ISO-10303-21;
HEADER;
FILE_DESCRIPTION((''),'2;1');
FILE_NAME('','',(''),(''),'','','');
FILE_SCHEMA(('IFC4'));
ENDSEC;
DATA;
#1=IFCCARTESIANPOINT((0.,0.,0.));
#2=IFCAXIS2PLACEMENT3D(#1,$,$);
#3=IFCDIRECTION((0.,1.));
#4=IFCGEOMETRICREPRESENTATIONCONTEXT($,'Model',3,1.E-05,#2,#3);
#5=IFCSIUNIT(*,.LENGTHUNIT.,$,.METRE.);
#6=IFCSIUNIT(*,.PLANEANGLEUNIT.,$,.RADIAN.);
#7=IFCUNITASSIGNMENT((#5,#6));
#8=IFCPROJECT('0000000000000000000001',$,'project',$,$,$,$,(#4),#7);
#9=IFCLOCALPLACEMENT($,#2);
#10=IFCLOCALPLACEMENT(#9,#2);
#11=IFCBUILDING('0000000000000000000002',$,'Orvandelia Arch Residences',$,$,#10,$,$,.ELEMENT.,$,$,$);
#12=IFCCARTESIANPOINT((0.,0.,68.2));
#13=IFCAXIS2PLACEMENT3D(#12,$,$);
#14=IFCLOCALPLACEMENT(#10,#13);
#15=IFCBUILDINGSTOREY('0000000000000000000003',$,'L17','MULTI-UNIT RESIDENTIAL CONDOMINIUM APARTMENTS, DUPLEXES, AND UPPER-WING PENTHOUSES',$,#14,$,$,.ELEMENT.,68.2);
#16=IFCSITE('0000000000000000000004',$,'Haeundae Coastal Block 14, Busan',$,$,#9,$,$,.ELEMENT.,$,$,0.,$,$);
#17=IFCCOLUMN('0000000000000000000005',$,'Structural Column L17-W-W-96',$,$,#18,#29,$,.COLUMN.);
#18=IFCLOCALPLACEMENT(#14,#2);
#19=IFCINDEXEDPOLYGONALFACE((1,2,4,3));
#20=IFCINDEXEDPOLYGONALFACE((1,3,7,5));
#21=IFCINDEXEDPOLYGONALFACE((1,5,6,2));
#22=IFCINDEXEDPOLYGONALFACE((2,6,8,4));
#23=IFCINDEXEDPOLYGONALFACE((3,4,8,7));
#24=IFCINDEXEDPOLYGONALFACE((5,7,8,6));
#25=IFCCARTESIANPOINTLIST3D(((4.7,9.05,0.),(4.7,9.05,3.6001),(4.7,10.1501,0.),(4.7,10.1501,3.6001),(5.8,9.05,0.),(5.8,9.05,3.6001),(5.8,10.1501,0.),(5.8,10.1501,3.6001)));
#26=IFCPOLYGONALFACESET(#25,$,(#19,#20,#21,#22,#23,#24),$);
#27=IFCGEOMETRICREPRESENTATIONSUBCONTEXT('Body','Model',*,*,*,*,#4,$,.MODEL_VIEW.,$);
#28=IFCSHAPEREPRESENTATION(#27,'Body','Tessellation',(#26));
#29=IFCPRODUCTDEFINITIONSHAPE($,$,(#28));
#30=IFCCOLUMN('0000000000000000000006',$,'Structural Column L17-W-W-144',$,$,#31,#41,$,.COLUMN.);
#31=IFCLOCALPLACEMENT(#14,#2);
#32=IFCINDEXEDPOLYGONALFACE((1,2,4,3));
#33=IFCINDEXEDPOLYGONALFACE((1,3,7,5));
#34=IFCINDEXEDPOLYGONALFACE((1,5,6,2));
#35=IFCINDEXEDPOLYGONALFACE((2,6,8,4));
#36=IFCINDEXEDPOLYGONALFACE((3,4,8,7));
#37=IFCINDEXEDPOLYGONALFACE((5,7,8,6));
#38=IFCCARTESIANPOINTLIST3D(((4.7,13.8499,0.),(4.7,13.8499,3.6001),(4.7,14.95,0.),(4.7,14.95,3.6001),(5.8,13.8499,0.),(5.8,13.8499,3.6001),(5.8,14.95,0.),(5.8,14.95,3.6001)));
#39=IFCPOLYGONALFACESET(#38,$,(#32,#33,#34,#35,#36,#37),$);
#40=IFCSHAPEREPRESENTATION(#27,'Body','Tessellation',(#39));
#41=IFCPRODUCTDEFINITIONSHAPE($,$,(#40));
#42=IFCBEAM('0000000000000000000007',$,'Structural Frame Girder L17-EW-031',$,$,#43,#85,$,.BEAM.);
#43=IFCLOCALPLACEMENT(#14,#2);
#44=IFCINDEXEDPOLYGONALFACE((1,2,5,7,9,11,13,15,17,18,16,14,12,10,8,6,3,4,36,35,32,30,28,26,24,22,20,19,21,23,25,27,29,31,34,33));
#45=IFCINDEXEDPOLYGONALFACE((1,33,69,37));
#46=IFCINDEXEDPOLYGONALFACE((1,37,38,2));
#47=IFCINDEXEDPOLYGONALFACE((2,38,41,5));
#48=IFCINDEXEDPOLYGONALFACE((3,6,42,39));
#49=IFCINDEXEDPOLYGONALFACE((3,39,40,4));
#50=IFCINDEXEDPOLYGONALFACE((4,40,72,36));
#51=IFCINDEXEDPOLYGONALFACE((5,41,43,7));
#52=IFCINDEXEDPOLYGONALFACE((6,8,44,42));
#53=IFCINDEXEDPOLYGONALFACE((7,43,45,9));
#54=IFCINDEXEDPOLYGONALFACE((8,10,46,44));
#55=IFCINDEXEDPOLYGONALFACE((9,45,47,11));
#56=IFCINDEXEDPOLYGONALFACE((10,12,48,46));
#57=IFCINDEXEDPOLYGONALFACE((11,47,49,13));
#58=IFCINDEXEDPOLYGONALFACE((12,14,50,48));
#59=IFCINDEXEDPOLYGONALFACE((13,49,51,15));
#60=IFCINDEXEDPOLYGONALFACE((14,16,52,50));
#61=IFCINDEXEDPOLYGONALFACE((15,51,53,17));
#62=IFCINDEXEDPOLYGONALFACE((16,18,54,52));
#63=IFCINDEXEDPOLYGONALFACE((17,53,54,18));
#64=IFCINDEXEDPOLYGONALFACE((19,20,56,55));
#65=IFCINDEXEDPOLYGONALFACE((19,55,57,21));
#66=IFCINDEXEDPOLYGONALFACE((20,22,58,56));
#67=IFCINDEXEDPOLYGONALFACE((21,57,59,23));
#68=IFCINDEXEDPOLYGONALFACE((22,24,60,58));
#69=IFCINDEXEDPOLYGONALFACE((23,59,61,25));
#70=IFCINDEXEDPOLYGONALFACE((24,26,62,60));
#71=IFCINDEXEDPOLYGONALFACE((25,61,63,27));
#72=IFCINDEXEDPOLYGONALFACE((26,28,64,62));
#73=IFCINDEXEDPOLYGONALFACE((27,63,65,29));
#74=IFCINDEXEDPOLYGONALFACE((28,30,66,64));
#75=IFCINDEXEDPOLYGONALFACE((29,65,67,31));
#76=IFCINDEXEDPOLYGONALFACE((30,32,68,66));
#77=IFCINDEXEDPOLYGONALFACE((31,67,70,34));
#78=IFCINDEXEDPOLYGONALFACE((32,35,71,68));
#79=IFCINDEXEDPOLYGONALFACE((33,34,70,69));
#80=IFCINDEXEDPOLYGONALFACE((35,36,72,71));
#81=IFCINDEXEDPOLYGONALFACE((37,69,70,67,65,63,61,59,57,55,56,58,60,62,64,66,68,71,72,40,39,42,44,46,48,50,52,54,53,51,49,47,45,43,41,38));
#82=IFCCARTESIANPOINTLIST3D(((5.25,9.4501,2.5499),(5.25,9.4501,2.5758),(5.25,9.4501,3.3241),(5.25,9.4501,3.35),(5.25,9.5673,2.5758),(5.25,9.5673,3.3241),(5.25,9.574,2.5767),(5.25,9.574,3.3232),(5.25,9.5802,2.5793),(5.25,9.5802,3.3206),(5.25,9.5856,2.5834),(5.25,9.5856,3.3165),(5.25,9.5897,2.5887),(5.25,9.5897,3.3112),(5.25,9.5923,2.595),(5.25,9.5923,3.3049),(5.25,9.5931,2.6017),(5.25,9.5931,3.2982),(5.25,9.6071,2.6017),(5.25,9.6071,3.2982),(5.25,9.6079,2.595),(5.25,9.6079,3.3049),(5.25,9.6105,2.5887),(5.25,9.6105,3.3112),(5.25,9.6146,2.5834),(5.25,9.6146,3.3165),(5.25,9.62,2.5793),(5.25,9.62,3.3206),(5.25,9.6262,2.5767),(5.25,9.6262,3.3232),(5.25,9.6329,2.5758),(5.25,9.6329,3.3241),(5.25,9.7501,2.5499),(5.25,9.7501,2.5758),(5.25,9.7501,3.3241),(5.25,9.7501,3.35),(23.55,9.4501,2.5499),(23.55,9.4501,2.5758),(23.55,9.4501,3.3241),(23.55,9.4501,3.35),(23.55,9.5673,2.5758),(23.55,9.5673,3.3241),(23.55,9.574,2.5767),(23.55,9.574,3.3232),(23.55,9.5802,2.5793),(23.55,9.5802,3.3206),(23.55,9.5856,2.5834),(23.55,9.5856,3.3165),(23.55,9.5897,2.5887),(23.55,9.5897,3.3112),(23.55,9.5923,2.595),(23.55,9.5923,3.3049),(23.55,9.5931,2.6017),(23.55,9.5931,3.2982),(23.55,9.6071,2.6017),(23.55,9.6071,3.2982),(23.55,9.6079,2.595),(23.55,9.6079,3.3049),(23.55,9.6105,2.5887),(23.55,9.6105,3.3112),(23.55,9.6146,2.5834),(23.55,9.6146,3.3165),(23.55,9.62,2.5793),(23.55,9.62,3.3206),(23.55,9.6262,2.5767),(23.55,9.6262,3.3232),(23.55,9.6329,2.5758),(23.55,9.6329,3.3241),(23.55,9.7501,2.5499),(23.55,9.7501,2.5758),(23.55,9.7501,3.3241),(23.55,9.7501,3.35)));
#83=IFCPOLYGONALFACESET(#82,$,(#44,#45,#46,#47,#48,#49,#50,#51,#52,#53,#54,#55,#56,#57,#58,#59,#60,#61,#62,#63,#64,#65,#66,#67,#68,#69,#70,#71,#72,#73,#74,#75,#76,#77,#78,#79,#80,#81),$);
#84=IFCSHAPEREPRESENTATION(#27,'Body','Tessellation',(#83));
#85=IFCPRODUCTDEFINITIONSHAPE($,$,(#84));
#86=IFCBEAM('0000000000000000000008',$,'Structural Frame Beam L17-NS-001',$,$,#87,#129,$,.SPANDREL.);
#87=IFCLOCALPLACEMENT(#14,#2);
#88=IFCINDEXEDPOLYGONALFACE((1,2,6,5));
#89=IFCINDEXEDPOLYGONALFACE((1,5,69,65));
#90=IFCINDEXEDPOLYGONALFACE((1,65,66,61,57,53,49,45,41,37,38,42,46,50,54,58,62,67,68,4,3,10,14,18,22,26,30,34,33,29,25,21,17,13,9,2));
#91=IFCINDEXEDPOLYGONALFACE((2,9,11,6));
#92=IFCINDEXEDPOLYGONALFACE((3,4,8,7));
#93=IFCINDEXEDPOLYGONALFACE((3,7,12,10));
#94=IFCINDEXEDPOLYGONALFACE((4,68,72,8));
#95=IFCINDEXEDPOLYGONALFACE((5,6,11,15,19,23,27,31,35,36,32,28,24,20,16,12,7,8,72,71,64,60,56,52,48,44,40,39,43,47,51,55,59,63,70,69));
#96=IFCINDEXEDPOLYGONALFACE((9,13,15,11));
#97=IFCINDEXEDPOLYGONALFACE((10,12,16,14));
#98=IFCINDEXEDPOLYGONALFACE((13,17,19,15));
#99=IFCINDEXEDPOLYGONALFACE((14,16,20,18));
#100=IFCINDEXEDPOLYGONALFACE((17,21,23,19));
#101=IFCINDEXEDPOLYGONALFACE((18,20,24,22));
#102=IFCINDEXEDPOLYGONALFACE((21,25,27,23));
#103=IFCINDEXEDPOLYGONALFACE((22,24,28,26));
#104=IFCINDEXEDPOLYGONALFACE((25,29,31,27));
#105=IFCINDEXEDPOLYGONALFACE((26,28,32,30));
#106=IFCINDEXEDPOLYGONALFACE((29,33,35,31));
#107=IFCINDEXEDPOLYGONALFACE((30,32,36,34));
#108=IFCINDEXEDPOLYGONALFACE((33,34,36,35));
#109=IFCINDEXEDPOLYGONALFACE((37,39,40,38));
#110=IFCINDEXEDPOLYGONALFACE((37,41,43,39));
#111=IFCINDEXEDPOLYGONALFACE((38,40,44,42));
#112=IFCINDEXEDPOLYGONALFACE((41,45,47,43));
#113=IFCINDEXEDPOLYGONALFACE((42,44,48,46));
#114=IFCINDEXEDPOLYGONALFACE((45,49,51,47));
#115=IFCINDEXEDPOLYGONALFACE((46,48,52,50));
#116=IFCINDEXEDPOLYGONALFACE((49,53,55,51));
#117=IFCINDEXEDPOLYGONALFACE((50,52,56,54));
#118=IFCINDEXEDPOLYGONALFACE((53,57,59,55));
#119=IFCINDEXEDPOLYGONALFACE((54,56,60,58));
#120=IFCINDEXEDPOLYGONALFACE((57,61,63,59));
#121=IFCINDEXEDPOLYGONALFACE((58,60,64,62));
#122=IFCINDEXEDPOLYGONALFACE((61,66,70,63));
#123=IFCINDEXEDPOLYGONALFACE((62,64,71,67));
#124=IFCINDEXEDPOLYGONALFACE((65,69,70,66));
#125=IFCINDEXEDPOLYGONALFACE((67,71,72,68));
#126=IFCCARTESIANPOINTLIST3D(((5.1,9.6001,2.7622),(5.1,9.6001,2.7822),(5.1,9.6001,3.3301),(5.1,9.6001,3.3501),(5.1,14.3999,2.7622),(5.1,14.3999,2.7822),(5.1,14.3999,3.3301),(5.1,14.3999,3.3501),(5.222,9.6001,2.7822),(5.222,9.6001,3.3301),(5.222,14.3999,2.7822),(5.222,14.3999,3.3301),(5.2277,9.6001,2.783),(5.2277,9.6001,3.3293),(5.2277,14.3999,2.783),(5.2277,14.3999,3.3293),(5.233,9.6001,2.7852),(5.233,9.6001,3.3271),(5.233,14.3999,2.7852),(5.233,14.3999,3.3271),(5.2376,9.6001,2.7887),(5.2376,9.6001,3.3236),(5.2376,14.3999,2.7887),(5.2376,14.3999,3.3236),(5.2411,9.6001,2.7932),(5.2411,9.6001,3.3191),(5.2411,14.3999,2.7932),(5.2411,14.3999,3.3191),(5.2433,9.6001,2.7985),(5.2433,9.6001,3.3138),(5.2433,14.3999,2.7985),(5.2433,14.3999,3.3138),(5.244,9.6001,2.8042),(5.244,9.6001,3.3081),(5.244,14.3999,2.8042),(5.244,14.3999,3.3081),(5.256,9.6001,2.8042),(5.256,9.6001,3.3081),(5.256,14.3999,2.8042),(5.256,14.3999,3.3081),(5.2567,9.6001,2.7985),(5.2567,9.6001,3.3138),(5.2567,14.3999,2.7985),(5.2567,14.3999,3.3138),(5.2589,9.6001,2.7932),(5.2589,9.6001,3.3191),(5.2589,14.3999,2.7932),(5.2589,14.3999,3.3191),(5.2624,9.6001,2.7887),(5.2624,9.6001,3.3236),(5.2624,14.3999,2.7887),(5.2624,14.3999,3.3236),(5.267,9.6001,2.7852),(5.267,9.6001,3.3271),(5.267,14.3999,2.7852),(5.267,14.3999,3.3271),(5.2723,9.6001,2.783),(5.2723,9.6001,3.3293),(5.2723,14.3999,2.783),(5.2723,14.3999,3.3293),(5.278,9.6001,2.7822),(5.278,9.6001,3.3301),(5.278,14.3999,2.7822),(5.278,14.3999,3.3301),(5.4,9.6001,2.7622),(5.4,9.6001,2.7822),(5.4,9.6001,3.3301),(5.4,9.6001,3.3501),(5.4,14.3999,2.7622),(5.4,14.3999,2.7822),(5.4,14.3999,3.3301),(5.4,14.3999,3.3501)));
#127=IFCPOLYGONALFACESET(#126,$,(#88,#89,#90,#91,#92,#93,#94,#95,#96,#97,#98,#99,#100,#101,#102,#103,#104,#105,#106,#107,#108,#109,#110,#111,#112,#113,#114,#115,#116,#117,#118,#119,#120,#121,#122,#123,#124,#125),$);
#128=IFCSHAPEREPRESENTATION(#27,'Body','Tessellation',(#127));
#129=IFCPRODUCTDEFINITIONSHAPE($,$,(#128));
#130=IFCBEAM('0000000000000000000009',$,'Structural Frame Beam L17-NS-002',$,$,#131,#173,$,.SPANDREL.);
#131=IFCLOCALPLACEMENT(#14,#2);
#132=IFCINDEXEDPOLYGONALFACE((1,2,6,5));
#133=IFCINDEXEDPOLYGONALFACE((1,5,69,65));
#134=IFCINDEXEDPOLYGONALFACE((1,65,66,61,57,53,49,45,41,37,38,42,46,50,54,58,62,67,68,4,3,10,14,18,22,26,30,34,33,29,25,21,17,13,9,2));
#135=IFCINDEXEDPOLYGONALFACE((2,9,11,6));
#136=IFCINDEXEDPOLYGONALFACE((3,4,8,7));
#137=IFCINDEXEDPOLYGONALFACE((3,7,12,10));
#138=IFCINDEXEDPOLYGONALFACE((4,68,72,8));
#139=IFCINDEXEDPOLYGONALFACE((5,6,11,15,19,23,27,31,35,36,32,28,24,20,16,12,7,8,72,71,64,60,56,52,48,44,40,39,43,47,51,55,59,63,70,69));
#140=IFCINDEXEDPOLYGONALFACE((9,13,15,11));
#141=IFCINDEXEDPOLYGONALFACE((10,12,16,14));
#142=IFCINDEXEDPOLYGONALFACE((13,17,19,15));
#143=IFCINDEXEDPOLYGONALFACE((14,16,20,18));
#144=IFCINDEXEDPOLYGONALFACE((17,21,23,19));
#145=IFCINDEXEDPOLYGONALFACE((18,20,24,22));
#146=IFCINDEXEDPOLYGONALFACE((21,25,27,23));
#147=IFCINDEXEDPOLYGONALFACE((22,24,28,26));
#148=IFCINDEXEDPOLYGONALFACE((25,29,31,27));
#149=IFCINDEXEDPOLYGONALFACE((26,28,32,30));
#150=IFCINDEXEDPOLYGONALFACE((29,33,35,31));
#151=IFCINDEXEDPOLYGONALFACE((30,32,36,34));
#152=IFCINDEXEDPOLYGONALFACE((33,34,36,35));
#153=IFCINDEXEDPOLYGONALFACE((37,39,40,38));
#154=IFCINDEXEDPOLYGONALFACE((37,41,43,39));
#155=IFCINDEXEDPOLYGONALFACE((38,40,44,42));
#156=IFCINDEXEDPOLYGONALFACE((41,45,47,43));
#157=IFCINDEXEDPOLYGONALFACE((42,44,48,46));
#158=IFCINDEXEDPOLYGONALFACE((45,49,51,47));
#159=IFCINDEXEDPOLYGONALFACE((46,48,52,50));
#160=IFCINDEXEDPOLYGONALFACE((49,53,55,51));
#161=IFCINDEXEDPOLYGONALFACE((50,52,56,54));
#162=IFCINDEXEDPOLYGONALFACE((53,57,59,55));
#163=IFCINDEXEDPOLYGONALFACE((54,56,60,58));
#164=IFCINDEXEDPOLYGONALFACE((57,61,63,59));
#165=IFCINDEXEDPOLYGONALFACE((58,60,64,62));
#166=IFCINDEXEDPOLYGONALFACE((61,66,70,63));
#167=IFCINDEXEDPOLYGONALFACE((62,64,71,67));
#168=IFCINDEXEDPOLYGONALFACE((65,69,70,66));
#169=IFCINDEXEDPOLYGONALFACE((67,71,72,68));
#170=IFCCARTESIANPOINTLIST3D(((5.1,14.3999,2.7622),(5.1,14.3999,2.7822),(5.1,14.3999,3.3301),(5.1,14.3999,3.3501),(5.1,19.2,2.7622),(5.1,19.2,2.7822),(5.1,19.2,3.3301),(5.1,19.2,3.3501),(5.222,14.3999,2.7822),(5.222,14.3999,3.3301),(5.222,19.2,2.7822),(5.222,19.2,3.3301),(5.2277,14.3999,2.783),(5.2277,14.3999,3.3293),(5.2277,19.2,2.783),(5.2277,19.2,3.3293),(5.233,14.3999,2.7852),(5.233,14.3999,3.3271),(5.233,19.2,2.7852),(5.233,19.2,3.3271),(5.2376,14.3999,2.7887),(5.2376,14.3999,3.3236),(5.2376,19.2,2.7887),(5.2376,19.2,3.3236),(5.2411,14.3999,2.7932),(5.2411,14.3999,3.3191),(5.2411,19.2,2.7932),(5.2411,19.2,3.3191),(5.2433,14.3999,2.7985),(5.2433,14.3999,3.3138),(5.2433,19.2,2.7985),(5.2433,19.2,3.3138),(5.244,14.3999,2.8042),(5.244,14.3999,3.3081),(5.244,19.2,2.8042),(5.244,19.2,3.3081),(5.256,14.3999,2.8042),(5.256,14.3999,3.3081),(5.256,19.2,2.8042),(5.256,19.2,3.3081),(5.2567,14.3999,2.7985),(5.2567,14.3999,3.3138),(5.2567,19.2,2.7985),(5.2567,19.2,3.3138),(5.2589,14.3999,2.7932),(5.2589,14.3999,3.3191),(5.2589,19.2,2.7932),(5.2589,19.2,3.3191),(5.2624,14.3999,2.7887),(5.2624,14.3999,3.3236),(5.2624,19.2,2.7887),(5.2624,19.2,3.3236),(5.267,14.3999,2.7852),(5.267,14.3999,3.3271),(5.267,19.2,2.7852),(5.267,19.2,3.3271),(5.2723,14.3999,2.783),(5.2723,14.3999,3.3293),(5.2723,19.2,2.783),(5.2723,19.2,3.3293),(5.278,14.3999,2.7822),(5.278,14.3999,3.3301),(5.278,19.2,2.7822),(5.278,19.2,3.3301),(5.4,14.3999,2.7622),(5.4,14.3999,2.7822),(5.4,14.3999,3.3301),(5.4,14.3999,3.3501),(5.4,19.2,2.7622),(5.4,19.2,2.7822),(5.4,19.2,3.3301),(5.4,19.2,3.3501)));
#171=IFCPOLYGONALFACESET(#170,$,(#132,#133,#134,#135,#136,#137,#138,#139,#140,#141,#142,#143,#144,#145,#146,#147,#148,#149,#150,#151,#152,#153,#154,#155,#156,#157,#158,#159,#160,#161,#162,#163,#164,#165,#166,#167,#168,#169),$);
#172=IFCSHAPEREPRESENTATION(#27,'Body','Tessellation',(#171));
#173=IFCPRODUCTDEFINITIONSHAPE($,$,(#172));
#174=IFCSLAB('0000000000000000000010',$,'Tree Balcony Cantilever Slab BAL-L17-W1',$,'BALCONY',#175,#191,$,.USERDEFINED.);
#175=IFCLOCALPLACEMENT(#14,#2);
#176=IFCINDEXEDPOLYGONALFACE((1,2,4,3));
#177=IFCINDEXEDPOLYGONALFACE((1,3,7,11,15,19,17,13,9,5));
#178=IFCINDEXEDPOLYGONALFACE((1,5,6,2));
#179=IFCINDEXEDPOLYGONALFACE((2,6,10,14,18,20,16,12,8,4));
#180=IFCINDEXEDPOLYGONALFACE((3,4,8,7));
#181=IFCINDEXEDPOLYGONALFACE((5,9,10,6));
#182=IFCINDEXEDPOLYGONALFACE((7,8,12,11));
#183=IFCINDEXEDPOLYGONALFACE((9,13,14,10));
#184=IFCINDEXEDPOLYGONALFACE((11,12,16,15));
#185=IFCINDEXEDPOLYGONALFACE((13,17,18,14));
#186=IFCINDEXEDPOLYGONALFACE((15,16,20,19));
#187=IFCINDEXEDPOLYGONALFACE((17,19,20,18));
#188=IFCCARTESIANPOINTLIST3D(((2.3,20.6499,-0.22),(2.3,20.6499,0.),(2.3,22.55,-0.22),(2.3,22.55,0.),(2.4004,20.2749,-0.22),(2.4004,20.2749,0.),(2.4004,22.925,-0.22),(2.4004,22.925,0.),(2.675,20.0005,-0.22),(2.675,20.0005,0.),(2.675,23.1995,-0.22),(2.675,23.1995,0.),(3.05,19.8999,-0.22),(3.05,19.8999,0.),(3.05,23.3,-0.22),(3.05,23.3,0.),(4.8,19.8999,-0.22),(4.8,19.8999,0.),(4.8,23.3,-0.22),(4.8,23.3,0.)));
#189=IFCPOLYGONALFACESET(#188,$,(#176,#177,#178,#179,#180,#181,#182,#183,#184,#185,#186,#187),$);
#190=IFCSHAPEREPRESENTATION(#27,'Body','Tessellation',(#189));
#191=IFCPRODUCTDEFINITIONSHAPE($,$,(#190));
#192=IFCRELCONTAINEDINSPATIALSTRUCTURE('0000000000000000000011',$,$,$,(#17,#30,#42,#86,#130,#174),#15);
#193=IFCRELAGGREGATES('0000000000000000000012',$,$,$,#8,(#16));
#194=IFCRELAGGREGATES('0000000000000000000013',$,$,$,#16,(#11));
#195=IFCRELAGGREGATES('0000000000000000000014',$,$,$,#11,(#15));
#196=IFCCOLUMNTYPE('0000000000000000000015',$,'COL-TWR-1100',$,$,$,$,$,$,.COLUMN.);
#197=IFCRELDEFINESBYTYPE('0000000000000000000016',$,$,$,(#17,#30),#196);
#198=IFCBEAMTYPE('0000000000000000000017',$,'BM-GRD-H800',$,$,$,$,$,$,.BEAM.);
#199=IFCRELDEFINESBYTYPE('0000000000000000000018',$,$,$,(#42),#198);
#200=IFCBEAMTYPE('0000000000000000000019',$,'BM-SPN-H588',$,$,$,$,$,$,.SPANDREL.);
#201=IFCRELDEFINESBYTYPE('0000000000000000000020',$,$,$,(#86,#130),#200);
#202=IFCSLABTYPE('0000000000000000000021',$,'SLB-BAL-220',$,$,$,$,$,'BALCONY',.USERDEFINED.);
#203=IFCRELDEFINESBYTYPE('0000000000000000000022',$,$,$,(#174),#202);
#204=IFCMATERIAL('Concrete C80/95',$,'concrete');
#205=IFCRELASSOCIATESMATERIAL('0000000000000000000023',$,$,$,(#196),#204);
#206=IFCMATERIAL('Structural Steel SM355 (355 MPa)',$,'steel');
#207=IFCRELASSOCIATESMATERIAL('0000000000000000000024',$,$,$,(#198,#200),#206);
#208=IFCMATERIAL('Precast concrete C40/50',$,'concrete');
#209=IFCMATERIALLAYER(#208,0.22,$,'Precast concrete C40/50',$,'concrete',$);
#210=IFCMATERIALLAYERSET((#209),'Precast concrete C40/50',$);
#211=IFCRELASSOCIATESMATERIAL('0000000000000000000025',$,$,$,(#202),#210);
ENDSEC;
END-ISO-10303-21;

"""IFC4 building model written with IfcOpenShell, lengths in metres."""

from ifc_helpers import new_model, si_unit, direction, frame, origin, origin_2d, place, context, subcontext, project, spatial, polyline, rectangle, i_section, outline, extrude, material, layer, layer_set, material_profile, profile_set, type_object, element, save


model = new_model("IFC4")

# Units and contexts
model_context = context("Model", 3, precision=1e-05, world=origin(), true_north=direction((0.0, 1.0)))
body_context = subcontext(model_context, "Body", "Model", "MODEL_VIEW")
ifc_project = project(units=[si_unit("LENGTHUNIT", "METRE"), si_unit("PLANEANGLEUNIT", "RADIAN")], contexts=[model_context])

# Site, building, storey
site_placement = place(None, origin())
site = spatial("IfcSite", under=ifc_project, at=site_placement, Name="Haeundae Coastal Block 14, Busan", CompositionType="ELEMENT", RefElevation=0.0)
building_placement = place(site_placement, origin())
building = spatial("IfcBuilding", under=site, at=building_placement, Name="Orvandelia Arch Residences", CompositionType="ELEMENT")
storey_placement = place(building_placement, frame((0.0, 0.0, 68.2)))
storey = spatial("IfcBuildingStorey", under=building, at=storey_placement, Name="L17", Description="MULTI-UNIT RESIDENTIAL CONDOMINIUM APARTMENTS, DUPLEXES, AND UPPER-WING PENTHOUSES", CompositionType="ELEMENT", Elevation=68.2)

# Columns
ifc_material_1 = material(Name="Concrete C80/95", Category="concrete")
ifc_material_profile_1 = material_profile(ifc_material_1, rectangle(XDim=1.1001, YDim=1.1001, at=origin_2d()), Name="Concrete C80/95", Category="concrete")
ifc_profile_set_1 = profile_set([ifc_material_profile_1], Name="Concrete C80/95")
column_type = type_object("IfcColumnType", Name="COL-TWR-1100", PredefinedType="COLUMN", material=ifc_profile_set_1)
for number, where, z_axis, x_axis, name in (
    (1, (5.25, 9.6001, 0.0), (0.0, 0.0, 1.0), (1.0, 0.0, 0.0), "Structural Column L17-W-W-96"),
    (2, (5.25, 14.3999, 0.0), (0.0, 0.0, 1.0), (1.0, 0.0, 0.0), "Structural Column L17-W-W-144"),
):
    element("IfcColumn", number, at=place(storey_placement, frame(where, z_axis=z_axis, x_axis=x_axis)), inside=storey, type_object=column_type, Name=name, PredefinedType="COLUMN", context=body_context, shape_type="SweptSolid", body=[
        extrude(rectangle(XDim=1.1001, YDim=1.1001, at=origin_2d()), origin(), (0.0, 0.0, 1.0), 3.6001),
    ])

# Beams
ifc_material_2 = material(Name="Structural Steel SM355 (355 MPa)", Category="steel")
ifc_material_profile_2 = material_profile(ifc_material_2, i_section(OverallWidth=0.3, OverallDepth=0.8, WebThickness=0.0139, FlangeThickness=0.0259, FilletRadius=0.0259, at=origin_2d()), Name="Structural Steel SM355 (355 MPa)", Category="steel")
ifc_profile_set_2 = profile_set([ifc_material_profile_2], Name="Structural Steel SM355 (355 MPa)")
beam_type_1 = type_object("IfcBeamType", Name="BM-GRD-H800", PredefinedType="BEAM", material=ifc_profile_set_2)
beam_1_placement = place(storey_placement, frame((5.25, 9.6001, 2.95), z_axis=(1.0, 0.0, 0.0), x_axis=(0.0, 1.0, 0.0)))
element("IfcBeam", 3, at=beam_1_placement, inside=storey, type_object=beam_type_1, Name="Structural Frame Girder L17-EW-031", PredefinedType="BEAM", context=body_context, shape_type="SweptSolid", body=[
    extrude(i_section(OverallWidth=0.3, OverallDepth=0.8, WebThickness=0.0139, FlangeThickness=0.0259, FilletRadius=0.0259, at=origin_2d()), origin(), (0.0, 0.0, 1.0), 18.3),
])
ifc_material_profile_3 = material_profile(ifc_material_2, i_section(OverallWidth=0.3, OverallDepth=0.5879, WebThickness=0.012, FlangeThickness=0.02, FilletRadius=0.022, at=origin_2d()), Name="Structural Steel SM355 (355 MPa)", Category="steel")
ifc_profile_set_3 = profile_set([ifc_material_profile_3], Name="Structural Steel SM355 (355 MPa)")
beam_type_2 = type_object("IfcBeamType", Name="BM-SPN-H588", PredefinedType="SPANDREL", material=ifc_profile_set_3)
beam_2_placement = place(storey_placement, frame((5.25, 9.6001, 3.0562), z_axis=(0.0, 1.0, 0.0), x_axis=(-1.0, 0.0, 0.0)))
element("IfcBeam", 4, at=beam_2_placement, inside=storey, type_object=beam_type_2, Name="Structural Frame Beam L17-NS-001", PredefinedType="SPANDREL", context=body_context, shape_type="SweptSolid", body=[
    extrude(i_section(OverallWidth=0.3, OverallDepth=0.5879, WebThickness=0.012, FlangeThickness=0.02, FilletRadius=0.022, at=origin_2d()), origin(), (0.0, 0.0, 1.0), 4.7998),
])
beam_3_placement = place(storey_placement, frame((5.25, 14.3999, 3.0562), z_axis=(0.0, 1.0, 0.0), x_axis=(-1.0, 0.0, 0.0)))
element("IfcBeam", 5, at=beam_3_placement, inside=storey, type_object=beam_type_2, Name="Structural Frame Beam L17-NS-002", PredefinedType="SPANDREL", context=body_context, shape_type="SweptSolid", body=[
    extrude(i_section(OverallWidth=0.3, OverallDepth=0.5879, WebThickness=0.012, FlangeThickness=0.02, FilletRadius=0.022, at=origin_2d()), origin(), (0.0, 0.0, 1.0), 4.8),
])

# Slab
ifc_material_3 = material(Name="Precast concrete C40/50", Category="concrete")
ifc_layer_1 = layer(ifc_material_3, 0.22, Name="Precast concrete C40/50", Category="concrete")
ifc_layer_set_1 = layer_set([ifc_layer_1], Name="Precast concrete C40/50")
slab_type_1 = type_object("IfcSlabType", Name="SLB-BAL-220", ElementType="BALCONY", PredefinedType="USERDEFINED", material=ifc_layer_set_1)
slab_1_placement = place(storey_placement, frame((0.0, 0.0, -0.22)))
element("IfcSlab", 6, at=slab_1_placement, inside=storey, type_object=slab_type_1, Name="Tree Balcony Cantilever Slab BAL-L17-W1", ObjectType="BALCONY", PredefinedType="USERDEFINED", context=body_context, shape_type="SweptSolid", body=[
    extrude(outline(polyline([(4.8, 19.8999), (4.8, 23.3), (3.05, 23.3), (2.675, 23.1995), (2.4004, 22.925), (2.3, 22.55), (2.3, 20.6499), (2.4004, 20.2749), (2.675, 20.0005), (3.05, 19.8999), (4.8, 19.8999)])), origin(), (0.0, 0.0, 1.0), 0.22),
])

save(model, "model.ifc")
